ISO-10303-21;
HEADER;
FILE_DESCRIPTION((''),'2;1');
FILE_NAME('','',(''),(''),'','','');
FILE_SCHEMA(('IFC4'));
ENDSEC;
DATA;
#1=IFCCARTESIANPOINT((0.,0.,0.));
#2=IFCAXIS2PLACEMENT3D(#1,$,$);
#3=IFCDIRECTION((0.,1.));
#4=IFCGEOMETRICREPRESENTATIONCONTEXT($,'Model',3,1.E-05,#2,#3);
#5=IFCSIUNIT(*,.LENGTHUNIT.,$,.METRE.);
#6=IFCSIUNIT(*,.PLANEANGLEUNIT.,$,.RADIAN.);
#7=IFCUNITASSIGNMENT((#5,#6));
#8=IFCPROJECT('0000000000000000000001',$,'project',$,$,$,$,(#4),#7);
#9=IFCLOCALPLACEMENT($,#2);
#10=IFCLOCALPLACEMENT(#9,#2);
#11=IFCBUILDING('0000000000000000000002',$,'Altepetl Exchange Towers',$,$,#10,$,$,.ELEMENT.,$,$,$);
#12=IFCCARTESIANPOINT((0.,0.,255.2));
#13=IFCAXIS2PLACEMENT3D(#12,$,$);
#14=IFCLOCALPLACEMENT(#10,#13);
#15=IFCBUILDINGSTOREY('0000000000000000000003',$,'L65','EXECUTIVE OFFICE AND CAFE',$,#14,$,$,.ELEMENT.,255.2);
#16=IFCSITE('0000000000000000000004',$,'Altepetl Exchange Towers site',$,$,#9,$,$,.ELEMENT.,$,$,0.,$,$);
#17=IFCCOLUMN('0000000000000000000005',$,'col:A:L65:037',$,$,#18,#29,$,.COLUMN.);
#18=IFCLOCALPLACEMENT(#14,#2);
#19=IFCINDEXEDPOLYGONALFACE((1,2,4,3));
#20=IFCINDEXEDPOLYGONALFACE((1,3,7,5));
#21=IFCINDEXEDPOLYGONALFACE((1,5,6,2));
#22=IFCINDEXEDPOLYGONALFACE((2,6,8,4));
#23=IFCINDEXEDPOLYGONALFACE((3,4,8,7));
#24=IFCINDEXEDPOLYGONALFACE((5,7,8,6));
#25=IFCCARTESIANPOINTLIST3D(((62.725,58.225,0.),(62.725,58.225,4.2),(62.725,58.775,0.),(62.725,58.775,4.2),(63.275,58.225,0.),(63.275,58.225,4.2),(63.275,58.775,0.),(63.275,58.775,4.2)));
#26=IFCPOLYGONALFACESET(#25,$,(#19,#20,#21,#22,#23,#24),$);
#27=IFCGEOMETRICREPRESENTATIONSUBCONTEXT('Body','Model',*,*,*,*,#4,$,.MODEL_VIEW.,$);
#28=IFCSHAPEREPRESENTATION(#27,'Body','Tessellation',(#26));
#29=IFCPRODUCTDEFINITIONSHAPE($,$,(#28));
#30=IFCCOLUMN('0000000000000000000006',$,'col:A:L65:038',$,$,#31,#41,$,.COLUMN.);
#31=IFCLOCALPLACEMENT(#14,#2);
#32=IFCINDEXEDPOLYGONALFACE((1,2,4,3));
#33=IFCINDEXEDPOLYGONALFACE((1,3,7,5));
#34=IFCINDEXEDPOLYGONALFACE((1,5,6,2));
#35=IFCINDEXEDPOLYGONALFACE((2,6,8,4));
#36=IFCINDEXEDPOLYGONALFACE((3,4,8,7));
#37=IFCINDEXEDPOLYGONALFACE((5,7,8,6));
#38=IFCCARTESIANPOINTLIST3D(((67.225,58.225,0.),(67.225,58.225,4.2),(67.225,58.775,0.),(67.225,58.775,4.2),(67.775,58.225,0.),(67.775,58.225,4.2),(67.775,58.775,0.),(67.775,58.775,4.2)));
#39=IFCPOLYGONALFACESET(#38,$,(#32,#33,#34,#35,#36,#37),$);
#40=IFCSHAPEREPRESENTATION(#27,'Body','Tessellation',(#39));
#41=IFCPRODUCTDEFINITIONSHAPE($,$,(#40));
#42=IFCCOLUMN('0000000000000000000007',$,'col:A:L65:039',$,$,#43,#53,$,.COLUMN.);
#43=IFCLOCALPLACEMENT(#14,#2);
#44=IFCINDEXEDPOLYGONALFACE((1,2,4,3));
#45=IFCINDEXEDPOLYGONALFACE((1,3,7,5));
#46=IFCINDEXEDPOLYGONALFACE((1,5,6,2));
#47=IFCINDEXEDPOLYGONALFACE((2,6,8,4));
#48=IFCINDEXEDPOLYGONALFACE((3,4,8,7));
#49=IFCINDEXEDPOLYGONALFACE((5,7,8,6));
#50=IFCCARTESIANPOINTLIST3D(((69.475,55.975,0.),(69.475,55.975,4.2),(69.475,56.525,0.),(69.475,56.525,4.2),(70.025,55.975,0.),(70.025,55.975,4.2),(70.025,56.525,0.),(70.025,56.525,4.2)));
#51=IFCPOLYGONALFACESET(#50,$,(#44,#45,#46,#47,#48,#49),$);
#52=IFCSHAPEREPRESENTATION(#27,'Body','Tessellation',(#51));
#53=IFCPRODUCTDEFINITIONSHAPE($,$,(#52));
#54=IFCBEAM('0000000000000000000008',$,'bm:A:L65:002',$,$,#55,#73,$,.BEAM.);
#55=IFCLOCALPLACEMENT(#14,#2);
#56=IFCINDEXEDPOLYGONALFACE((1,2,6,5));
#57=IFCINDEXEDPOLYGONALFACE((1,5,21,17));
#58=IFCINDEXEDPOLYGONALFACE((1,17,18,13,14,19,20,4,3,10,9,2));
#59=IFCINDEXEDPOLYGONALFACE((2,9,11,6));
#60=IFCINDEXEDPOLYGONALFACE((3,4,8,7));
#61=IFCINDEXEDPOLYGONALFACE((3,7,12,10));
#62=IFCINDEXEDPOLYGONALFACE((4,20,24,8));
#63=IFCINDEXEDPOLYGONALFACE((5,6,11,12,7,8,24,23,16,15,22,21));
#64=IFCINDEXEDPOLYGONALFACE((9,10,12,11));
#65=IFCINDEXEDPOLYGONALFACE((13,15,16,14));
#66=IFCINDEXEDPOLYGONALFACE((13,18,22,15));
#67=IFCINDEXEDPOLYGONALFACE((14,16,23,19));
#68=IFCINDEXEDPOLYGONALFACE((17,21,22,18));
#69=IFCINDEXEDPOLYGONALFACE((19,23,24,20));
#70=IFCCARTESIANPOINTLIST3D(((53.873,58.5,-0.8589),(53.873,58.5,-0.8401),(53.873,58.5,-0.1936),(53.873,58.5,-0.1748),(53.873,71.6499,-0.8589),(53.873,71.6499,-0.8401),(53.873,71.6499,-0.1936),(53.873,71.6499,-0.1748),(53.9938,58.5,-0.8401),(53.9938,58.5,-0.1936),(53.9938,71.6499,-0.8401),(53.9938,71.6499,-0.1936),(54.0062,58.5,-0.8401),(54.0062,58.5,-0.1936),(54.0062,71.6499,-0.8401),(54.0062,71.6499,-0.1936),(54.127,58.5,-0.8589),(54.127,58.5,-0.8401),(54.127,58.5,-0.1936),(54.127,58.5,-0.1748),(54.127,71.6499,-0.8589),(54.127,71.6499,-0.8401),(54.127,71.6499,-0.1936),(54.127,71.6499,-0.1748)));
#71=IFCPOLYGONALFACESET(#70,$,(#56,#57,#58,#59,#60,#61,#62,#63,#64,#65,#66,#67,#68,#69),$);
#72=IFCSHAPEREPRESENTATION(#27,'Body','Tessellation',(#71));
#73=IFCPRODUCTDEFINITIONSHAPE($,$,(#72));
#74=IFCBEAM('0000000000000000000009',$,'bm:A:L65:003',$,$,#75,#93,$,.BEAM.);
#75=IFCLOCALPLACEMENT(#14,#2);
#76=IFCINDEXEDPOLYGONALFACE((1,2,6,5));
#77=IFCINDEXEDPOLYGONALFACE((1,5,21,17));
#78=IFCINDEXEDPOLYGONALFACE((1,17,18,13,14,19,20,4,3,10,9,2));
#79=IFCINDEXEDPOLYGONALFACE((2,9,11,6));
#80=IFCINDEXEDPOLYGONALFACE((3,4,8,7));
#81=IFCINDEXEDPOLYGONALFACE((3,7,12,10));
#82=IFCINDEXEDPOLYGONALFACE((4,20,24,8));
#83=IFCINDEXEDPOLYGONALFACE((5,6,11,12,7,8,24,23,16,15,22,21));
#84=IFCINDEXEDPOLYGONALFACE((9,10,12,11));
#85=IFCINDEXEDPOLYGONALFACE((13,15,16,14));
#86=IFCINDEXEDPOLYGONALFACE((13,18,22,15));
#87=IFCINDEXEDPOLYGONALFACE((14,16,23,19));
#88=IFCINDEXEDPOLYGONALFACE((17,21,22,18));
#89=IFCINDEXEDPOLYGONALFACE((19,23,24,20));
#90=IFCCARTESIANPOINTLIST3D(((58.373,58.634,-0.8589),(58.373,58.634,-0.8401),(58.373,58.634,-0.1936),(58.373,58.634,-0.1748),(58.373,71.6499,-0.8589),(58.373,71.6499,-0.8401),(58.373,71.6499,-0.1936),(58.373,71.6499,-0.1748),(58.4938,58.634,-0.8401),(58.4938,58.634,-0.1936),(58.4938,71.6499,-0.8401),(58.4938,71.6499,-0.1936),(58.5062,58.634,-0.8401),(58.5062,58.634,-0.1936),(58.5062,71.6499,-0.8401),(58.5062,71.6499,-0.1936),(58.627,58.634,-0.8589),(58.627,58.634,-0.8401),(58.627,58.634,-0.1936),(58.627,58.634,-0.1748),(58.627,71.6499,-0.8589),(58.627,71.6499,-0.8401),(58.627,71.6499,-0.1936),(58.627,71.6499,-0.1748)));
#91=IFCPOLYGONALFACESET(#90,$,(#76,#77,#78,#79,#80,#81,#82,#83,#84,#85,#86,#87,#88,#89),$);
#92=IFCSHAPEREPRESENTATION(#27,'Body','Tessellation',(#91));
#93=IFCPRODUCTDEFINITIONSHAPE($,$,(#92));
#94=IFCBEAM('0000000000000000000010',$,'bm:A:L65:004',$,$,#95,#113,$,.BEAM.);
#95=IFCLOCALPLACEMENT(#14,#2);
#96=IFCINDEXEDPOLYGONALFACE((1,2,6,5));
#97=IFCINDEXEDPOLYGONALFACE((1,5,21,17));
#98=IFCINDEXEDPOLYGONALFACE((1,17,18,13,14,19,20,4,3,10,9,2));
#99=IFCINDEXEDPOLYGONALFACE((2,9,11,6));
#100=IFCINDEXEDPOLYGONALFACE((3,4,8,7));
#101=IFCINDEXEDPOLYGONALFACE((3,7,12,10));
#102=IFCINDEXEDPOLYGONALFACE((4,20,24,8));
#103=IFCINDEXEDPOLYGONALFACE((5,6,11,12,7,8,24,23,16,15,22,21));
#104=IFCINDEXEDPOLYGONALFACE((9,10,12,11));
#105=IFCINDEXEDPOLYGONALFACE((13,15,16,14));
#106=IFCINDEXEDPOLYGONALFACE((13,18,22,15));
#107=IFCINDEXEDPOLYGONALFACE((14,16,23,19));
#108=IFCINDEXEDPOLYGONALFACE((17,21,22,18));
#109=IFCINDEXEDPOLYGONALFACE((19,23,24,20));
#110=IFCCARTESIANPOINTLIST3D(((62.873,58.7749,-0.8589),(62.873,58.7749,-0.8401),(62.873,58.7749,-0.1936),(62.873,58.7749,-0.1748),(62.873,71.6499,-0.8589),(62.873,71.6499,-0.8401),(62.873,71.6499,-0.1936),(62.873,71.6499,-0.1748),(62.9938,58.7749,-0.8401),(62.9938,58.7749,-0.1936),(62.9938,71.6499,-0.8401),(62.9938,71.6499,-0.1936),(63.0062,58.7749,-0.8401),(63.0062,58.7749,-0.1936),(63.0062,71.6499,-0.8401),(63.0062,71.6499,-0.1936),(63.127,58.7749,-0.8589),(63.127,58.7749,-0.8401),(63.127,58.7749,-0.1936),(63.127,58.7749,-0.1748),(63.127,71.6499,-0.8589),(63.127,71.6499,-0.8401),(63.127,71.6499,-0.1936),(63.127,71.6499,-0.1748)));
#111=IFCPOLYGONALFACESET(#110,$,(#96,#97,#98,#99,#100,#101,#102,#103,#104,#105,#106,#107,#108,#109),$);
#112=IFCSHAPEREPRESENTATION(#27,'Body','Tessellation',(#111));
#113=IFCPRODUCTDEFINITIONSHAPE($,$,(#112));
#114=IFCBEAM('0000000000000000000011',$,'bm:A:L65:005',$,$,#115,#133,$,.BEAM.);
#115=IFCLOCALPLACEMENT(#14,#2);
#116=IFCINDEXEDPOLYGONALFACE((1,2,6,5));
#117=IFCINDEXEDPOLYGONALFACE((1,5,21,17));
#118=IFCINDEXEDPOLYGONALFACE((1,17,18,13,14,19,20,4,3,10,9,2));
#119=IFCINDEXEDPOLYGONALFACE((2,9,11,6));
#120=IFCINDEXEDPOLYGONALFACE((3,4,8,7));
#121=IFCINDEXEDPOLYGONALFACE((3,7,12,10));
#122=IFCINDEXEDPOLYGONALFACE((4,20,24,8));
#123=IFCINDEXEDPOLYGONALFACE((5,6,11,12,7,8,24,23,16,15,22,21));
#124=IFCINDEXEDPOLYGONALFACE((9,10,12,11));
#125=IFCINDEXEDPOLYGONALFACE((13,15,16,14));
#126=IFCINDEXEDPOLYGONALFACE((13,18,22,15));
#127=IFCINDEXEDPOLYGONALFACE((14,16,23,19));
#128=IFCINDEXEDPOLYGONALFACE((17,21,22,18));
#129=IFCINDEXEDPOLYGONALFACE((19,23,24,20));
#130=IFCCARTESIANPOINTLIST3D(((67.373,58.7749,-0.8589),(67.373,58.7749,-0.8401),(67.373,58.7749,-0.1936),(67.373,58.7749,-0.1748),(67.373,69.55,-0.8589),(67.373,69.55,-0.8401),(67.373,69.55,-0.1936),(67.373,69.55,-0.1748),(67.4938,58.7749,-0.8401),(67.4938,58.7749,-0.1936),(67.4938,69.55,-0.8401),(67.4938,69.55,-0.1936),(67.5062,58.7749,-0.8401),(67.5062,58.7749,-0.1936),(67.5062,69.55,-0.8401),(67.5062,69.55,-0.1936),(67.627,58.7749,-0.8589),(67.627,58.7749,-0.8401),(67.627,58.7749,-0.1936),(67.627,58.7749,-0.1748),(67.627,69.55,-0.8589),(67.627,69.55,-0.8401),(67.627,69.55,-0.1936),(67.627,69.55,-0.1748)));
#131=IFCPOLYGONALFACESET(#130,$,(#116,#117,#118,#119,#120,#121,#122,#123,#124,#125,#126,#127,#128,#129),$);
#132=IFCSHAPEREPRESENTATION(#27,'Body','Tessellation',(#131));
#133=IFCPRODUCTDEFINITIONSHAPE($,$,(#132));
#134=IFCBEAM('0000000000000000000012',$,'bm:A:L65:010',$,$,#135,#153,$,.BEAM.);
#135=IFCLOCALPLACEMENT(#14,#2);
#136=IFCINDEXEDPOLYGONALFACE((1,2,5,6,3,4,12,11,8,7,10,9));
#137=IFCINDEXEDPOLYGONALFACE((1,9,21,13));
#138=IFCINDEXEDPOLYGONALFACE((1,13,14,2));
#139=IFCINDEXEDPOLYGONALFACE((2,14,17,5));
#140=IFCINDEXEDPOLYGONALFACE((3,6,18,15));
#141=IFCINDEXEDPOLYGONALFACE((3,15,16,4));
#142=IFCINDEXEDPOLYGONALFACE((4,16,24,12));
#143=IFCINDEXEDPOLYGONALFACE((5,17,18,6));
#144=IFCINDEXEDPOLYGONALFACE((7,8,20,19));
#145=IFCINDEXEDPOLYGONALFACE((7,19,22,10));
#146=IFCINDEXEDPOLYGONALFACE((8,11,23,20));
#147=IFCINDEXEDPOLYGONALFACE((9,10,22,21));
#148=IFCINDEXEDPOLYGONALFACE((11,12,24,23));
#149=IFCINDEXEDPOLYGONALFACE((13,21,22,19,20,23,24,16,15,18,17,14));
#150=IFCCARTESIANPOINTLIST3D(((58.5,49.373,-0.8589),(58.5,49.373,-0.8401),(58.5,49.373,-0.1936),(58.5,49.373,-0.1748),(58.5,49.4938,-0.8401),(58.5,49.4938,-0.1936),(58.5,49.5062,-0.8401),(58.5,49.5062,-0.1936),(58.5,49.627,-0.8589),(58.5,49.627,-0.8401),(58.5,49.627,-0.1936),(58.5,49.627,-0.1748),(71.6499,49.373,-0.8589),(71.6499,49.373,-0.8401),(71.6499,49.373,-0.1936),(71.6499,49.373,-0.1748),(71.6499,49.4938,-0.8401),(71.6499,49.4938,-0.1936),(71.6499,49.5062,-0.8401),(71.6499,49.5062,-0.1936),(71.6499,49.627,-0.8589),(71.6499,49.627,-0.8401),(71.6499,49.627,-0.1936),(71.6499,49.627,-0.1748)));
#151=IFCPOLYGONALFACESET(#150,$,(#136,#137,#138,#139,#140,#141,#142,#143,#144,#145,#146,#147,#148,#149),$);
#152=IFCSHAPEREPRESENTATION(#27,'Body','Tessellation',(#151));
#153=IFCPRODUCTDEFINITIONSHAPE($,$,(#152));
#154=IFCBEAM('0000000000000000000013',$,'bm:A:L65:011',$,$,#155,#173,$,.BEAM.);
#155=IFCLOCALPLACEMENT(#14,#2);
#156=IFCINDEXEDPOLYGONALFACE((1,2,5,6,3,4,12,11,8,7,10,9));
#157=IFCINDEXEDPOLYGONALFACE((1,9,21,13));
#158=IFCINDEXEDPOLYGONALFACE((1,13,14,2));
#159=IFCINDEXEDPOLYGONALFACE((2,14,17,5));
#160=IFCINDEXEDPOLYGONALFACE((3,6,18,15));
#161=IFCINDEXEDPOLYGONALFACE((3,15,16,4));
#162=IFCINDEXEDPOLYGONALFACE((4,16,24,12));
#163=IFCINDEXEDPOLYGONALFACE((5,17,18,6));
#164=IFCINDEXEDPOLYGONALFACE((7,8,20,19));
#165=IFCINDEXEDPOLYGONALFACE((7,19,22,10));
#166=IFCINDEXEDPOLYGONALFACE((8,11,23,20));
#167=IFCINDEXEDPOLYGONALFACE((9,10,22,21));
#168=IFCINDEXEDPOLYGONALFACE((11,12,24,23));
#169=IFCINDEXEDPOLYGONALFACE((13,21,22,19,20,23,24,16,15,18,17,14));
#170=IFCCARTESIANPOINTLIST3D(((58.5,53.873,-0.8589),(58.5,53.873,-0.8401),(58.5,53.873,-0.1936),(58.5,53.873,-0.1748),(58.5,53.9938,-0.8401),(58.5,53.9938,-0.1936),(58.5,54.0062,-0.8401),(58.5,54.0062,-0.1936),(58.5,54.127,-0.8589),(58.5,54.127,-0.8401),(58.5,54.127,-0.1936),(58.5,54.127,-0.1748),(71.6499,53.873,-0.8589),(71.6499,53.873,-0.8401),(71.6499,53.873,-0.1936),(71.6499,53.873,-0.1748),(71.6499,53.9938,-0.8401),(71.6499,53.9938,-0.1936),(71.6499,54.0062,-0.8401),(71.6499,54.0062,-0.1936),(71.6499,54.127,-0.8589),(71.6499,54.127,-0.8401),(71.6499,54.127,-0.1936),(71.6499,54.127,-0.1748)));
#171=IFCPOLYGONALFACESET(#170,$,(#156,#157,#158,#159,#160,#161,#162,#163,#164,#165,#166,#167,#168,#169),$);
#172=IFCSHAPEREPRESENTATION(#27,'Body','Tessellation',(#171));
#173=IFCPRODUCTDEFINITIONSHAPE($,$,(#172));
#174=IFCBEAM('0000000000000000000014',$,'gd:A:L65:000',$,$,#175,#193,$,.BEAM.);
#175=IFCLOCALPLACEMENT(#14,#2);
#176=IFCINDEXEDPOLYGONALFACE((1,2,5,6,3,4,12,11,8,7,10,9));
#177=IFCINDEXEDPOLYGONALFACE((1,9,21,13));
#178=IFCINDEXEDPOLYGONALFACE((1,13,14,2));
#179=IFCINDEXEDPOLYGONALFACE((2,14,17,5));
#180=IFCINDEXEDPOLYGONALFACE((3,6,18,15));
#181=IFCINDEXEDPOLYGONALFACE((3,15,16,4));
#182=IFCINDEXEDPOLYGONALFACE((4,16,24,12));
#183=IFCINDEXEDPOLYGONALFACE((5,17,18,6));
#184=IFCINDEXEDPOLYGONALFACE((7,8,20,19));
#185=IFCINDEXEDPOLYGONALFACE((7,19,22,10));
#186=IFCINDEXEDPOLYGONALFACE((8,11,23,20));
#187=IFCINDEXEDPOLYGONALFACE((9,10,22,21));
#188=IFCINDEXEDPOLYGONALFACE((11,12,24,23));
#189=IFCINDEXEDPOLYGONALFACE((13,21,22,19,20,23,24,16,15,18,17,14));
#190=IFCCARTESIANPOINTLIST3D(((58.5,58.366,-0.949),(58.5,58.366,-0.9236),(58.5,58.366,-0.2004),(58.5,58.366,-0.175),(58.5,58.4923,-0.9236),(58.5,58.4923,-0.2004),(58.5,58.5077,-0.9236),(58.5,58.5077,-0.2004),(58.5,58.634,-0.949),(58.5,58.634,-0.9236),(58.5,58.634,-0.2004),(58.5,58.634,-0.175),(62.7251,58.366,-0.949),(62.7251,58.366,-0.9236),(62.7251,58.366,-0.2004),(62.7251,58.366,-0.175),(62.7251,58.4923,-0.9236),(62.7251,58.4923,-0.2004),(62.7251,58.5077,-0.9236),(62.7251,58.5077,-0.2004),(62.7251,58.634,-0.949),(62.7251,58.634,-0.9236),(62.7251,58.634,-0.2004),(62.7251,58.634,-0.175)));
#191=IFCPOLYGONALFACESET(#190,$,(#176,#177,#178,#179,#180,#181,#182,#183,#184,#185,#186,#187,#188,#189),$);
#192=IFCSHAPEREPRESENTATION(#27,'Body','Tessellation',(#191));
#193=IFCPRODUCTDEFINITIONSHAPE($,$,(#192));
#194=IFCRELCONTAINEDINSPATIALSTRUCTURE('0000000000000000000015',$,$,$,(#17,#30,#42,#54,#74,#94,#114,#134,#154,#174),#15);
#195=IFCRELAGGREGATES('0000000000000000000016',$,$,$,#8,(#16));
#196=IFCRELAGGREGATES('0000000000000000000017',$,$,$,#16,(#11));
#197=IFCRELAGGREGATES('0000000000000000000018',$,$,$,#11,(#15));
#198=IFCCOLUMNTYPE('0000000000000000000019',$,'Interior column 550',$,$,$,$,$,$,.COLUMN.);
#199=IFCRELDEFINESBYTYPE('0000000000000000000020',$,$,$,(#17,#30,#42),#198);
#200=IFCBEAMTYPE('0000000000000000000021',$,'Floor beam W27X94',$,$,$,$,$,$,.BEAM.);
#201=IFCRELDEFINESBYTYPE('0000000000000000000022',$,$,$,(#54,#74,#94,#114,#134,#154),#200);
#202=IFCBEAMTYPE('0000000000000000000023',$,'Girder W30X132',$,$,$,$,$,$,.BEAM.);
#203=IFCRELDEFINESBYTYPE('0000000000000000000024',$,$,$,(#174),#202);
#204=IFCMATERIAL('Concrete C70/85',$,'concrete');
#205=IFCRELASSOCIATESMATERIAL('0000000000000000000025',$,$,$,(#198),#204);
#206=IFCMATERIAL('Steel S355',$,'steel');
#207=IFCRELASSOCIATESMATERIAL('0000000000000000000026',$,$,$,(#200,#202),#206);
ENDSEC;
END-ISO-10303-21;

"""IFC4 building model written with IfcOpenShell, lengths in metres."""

from ifc_helpers import new_model, si_unit, direction, frame, origin, origin_2d, place, context, subcontext, project, spatial, rectangle, i_section, extrude, material, material_profile, profile_set, type_object, element, save


model = new_model("IFC4")

# Units and contexts
model_context = context("Model", 3, precision=1e-05, world=origin(), true_north=direction((0.0, 1.0)))
body_context = subcontext(model_context, "Body", "Model", "MODEL_VIEW")
ifc_project = project(units=[si_unit("LENGTHUNIT", "METRE"), si_unit("PLANEANGLEUNIT", "RADIAN")], contexts=[model_context])

# Site, building, storey
site_placement = place(None, origin())
site = spatial("IfcSite", under=ifc_project, at=site_placement, Name="Altepetl Exchange Towers site", CompositionType="ELEMENT", RefElevation=0.0)
building_placement = place(site_placement, origin())
building = spatial("IfcBuilding", under=site, at=building_placement, Name="Altepetl Exchange Towers", CompositionType="ELEMENT")
storey_placement = place(building_placement, frame((0.0, 0.0, 255.2)))
storey = spatial("IfcBuildingStorey", under=building, at=storey_placement, Name="L65", Description="EXECUTIVE OFFICE AND CAFE", CompositionType="ELEMENT", Elevation=255.2)

# Columns
ifc_material_1 = material(Name="Concrete C70/85", Category="concrete")
ifc_material_profile_1 = material_profile(ifc_material_1, rectangle(XDim=0.55, YDim=0.55, at=origin_2d()), Name="550 x 550")
ifc_profile_set_1 = profile_set([ifc_material_profile_1], Name="Concrete C70/85")
column_type = type_object("IfcColumnType", Name="Interior column 550", PredefinedType="COLUMN", material=ifc_profile_set_1)
for number, where, name in (
    (1, (63.0, 58.5, 0.0), "col:A:L65:037"),
    (2, (67.5, 58.5, 0.0), "col:A:L65:038"),
    (3, (69.75, 56.25, 0.0), "col:A:L65:039"),
):
    element("IfcColumn", number, at=place(storey_placement, frame(where)), inside=storey, type_object=column_type, Name=name, PredefinedType="COLUMN", context=body_context, shape_type="SweptSolid", body=[
        extrude(rectangle(XDim=0.55, YDim=0.55, at=origin_2d()), origin(), (0.0, 0.0, 1.0), 4.2),
    ])

# Beams
ifc_material_2 = material(Name="Steel S355", Category="steel")
ifc_material_profile_2 = material_profile(ifc_material_2, i_section(OverallWidth=0.2539, OverallDepth=0.6841, WebThickness=0.0125, FlangeThickness=0.0188, at=origin_2d()), Name="W27X94")
ifc_profile_set_2 = profile_set([ifc_material_profile_2], Name="Steel S355")
beam_type_1 = type_object("IfcBeamType", Name="Floor beam W27X94", PredefinedType="BEAM", material=ifc_profile_set_2)
beam_1_placement = place(storey_placement, frame((54.0, 58.5, -0.5168), z_axis=(0.0, 1.0, 0.0), x_axis=(-1.0, 0.0, 0.0)))
element("IfcBeam", 4, at=beam_1_placement, inside=storey, type_object=beam_type_1, Name="bm:A:L65:002", PredefinedType="BEAM", context=body_context, shape_type="SweptSolid", body=[
    extrude(i_section(OverallWidth=0.2539, OverallDepth=0.6841, WebThickness=0.0125, FlangeThickness=0.0188, at=origin_2d()), origin(), (0.0, 0.0, 1.0), 13.1499),
])
beam_2_placement = place(storey_placement, frame((58.5, 58.634, -0.5168), z_axis=(0.0, 1.0, 0.0), x_axis=(-1.0, 0.0, 0.0)))
element("IfcBeam", 5, at=beam_2_placement, inside=storey, type_object=beam_type_1, Name="bm:A:L65:003", PredefinedType="BEAM", context=body_context, shape_type="SweptSolid", body=[
    extrude(i_section(OverallWidth=0.2539, OverallDepth=0.6841, WebThickness=0.0125, FlangeThickness=0.0188, at=origin_2d()), origin(), (0.0, 0.0, 1.0), 13.0159),
])
beam_3_placement = place(storey_placement, frame((63.0, 58.7749, -0.5168), z_axis=(0.0, 1.0, 0.0), x_axis=(-1.0, 0.0, 0.0)))
element("IfcBeam", 6, at=beam_3_placement, inside=storey, type_object=beam_type_1, Name="bm:A:L65:004", PredefinedType="BEAM", context=body_context, shape_type="SweptSolid", body=[
    extrude(i_section(OverallWidth=0.2539, OverallDepth=0.6841, WebThickness=0.0125, FlangeThickness=0.0188, at=origin_2d()), origin(), (0.0, 0.0, 1.0), 12.875),
])
beam_4_placement = place(storey_placement, frame((67.5, 58.7749, -0.5168), z_axis=(0.0, 1.0, 0.0), x_axis=(-1.0, 0.0, 0.0)))
element("IfcBeam", 7, at=beam_4_placement, inside=storey, type_object=beam_type_1, Name="bm:A:L65:005", PredefinedType="BEAM", context=body_context, shape_type="SweptSolid", body=[
    extrude(i_section(OverallWidth=0.2539, OverallDepth=0.6841, WebThickness=0.0125, FlangeThickness=0.0188, at=origin_2d()), origin(), (0.0, 0.0, 1.0), 10.7751),
])
for number, where, z_axis, x_axis, name in (
    (8, (58.5, 49.5, -0.5168), (1.0, 0.0, 0.0), (0.0, 1.0, 0.0), "bm:A:L65:010"),
    (9, (58.5, 54.0, -0.5168), (1.0, 0.0, 0.0), (0.0, 1.0, 0.0), "bm:A:L65:011"),
):
    element("IfcBeam", number, at=place(storey_placement, frame(where, z_axis=z_axis, x_axis=x_axis)), inside=storey, type_object=beam_type_1, Name=name, PredefinedType="BEAM", context=body_context, shape_type="SweptSolid", body=[
        extrude(i_section(OverallWidth=0.2539, OverallDepth=0.6841, WebThickness=0.0125, FlangeThickness=0.0188, at=origin_2d()), origin(), (0.0, 0.0, 1.0), 13.1499),
    ])
ifc_material_profile_3 = material_profile(ifc_material_2, i_section(OverallWidth=0.2681, OverallDepth=0.7739, WebThickness=0.0154, FlangeThickness=0.0254, at=origin_2d()), Name="W30X132")
ifc_profile_set_3 = profile_set([ifc_material_profile_3], Name="Steel S355")
beam_type_2 = type_object("IfcBeamType", Name="Girder W30X132", PredefinedType="BEAM", material=ifc_profile_set_3)
beam_5_placement = place(storey_placement, frame((58.5, 58.5, -0.562), z_axis=(1.0, 0.0, 0.0), x_axis=(0.0, 1.0, 0.0)))
element("IfcBeam", 10, at=beam_5_placement, inside=storey, type_object=beam_type_2, Name="gd:A:L65:000", PredefinedType="BEAM", context=body_context, shape_type="SweptSolid", body=[
    extrude(i_section(OverallWidth=0.2681, OverallDepth=0.7739, WebThickness=0.0154, FlangeThickness=0.0254, at=origin_2d()), origin(), (0.0, 0.0, 1.0), 4.2251),
])

save(model, "model.ifc")
